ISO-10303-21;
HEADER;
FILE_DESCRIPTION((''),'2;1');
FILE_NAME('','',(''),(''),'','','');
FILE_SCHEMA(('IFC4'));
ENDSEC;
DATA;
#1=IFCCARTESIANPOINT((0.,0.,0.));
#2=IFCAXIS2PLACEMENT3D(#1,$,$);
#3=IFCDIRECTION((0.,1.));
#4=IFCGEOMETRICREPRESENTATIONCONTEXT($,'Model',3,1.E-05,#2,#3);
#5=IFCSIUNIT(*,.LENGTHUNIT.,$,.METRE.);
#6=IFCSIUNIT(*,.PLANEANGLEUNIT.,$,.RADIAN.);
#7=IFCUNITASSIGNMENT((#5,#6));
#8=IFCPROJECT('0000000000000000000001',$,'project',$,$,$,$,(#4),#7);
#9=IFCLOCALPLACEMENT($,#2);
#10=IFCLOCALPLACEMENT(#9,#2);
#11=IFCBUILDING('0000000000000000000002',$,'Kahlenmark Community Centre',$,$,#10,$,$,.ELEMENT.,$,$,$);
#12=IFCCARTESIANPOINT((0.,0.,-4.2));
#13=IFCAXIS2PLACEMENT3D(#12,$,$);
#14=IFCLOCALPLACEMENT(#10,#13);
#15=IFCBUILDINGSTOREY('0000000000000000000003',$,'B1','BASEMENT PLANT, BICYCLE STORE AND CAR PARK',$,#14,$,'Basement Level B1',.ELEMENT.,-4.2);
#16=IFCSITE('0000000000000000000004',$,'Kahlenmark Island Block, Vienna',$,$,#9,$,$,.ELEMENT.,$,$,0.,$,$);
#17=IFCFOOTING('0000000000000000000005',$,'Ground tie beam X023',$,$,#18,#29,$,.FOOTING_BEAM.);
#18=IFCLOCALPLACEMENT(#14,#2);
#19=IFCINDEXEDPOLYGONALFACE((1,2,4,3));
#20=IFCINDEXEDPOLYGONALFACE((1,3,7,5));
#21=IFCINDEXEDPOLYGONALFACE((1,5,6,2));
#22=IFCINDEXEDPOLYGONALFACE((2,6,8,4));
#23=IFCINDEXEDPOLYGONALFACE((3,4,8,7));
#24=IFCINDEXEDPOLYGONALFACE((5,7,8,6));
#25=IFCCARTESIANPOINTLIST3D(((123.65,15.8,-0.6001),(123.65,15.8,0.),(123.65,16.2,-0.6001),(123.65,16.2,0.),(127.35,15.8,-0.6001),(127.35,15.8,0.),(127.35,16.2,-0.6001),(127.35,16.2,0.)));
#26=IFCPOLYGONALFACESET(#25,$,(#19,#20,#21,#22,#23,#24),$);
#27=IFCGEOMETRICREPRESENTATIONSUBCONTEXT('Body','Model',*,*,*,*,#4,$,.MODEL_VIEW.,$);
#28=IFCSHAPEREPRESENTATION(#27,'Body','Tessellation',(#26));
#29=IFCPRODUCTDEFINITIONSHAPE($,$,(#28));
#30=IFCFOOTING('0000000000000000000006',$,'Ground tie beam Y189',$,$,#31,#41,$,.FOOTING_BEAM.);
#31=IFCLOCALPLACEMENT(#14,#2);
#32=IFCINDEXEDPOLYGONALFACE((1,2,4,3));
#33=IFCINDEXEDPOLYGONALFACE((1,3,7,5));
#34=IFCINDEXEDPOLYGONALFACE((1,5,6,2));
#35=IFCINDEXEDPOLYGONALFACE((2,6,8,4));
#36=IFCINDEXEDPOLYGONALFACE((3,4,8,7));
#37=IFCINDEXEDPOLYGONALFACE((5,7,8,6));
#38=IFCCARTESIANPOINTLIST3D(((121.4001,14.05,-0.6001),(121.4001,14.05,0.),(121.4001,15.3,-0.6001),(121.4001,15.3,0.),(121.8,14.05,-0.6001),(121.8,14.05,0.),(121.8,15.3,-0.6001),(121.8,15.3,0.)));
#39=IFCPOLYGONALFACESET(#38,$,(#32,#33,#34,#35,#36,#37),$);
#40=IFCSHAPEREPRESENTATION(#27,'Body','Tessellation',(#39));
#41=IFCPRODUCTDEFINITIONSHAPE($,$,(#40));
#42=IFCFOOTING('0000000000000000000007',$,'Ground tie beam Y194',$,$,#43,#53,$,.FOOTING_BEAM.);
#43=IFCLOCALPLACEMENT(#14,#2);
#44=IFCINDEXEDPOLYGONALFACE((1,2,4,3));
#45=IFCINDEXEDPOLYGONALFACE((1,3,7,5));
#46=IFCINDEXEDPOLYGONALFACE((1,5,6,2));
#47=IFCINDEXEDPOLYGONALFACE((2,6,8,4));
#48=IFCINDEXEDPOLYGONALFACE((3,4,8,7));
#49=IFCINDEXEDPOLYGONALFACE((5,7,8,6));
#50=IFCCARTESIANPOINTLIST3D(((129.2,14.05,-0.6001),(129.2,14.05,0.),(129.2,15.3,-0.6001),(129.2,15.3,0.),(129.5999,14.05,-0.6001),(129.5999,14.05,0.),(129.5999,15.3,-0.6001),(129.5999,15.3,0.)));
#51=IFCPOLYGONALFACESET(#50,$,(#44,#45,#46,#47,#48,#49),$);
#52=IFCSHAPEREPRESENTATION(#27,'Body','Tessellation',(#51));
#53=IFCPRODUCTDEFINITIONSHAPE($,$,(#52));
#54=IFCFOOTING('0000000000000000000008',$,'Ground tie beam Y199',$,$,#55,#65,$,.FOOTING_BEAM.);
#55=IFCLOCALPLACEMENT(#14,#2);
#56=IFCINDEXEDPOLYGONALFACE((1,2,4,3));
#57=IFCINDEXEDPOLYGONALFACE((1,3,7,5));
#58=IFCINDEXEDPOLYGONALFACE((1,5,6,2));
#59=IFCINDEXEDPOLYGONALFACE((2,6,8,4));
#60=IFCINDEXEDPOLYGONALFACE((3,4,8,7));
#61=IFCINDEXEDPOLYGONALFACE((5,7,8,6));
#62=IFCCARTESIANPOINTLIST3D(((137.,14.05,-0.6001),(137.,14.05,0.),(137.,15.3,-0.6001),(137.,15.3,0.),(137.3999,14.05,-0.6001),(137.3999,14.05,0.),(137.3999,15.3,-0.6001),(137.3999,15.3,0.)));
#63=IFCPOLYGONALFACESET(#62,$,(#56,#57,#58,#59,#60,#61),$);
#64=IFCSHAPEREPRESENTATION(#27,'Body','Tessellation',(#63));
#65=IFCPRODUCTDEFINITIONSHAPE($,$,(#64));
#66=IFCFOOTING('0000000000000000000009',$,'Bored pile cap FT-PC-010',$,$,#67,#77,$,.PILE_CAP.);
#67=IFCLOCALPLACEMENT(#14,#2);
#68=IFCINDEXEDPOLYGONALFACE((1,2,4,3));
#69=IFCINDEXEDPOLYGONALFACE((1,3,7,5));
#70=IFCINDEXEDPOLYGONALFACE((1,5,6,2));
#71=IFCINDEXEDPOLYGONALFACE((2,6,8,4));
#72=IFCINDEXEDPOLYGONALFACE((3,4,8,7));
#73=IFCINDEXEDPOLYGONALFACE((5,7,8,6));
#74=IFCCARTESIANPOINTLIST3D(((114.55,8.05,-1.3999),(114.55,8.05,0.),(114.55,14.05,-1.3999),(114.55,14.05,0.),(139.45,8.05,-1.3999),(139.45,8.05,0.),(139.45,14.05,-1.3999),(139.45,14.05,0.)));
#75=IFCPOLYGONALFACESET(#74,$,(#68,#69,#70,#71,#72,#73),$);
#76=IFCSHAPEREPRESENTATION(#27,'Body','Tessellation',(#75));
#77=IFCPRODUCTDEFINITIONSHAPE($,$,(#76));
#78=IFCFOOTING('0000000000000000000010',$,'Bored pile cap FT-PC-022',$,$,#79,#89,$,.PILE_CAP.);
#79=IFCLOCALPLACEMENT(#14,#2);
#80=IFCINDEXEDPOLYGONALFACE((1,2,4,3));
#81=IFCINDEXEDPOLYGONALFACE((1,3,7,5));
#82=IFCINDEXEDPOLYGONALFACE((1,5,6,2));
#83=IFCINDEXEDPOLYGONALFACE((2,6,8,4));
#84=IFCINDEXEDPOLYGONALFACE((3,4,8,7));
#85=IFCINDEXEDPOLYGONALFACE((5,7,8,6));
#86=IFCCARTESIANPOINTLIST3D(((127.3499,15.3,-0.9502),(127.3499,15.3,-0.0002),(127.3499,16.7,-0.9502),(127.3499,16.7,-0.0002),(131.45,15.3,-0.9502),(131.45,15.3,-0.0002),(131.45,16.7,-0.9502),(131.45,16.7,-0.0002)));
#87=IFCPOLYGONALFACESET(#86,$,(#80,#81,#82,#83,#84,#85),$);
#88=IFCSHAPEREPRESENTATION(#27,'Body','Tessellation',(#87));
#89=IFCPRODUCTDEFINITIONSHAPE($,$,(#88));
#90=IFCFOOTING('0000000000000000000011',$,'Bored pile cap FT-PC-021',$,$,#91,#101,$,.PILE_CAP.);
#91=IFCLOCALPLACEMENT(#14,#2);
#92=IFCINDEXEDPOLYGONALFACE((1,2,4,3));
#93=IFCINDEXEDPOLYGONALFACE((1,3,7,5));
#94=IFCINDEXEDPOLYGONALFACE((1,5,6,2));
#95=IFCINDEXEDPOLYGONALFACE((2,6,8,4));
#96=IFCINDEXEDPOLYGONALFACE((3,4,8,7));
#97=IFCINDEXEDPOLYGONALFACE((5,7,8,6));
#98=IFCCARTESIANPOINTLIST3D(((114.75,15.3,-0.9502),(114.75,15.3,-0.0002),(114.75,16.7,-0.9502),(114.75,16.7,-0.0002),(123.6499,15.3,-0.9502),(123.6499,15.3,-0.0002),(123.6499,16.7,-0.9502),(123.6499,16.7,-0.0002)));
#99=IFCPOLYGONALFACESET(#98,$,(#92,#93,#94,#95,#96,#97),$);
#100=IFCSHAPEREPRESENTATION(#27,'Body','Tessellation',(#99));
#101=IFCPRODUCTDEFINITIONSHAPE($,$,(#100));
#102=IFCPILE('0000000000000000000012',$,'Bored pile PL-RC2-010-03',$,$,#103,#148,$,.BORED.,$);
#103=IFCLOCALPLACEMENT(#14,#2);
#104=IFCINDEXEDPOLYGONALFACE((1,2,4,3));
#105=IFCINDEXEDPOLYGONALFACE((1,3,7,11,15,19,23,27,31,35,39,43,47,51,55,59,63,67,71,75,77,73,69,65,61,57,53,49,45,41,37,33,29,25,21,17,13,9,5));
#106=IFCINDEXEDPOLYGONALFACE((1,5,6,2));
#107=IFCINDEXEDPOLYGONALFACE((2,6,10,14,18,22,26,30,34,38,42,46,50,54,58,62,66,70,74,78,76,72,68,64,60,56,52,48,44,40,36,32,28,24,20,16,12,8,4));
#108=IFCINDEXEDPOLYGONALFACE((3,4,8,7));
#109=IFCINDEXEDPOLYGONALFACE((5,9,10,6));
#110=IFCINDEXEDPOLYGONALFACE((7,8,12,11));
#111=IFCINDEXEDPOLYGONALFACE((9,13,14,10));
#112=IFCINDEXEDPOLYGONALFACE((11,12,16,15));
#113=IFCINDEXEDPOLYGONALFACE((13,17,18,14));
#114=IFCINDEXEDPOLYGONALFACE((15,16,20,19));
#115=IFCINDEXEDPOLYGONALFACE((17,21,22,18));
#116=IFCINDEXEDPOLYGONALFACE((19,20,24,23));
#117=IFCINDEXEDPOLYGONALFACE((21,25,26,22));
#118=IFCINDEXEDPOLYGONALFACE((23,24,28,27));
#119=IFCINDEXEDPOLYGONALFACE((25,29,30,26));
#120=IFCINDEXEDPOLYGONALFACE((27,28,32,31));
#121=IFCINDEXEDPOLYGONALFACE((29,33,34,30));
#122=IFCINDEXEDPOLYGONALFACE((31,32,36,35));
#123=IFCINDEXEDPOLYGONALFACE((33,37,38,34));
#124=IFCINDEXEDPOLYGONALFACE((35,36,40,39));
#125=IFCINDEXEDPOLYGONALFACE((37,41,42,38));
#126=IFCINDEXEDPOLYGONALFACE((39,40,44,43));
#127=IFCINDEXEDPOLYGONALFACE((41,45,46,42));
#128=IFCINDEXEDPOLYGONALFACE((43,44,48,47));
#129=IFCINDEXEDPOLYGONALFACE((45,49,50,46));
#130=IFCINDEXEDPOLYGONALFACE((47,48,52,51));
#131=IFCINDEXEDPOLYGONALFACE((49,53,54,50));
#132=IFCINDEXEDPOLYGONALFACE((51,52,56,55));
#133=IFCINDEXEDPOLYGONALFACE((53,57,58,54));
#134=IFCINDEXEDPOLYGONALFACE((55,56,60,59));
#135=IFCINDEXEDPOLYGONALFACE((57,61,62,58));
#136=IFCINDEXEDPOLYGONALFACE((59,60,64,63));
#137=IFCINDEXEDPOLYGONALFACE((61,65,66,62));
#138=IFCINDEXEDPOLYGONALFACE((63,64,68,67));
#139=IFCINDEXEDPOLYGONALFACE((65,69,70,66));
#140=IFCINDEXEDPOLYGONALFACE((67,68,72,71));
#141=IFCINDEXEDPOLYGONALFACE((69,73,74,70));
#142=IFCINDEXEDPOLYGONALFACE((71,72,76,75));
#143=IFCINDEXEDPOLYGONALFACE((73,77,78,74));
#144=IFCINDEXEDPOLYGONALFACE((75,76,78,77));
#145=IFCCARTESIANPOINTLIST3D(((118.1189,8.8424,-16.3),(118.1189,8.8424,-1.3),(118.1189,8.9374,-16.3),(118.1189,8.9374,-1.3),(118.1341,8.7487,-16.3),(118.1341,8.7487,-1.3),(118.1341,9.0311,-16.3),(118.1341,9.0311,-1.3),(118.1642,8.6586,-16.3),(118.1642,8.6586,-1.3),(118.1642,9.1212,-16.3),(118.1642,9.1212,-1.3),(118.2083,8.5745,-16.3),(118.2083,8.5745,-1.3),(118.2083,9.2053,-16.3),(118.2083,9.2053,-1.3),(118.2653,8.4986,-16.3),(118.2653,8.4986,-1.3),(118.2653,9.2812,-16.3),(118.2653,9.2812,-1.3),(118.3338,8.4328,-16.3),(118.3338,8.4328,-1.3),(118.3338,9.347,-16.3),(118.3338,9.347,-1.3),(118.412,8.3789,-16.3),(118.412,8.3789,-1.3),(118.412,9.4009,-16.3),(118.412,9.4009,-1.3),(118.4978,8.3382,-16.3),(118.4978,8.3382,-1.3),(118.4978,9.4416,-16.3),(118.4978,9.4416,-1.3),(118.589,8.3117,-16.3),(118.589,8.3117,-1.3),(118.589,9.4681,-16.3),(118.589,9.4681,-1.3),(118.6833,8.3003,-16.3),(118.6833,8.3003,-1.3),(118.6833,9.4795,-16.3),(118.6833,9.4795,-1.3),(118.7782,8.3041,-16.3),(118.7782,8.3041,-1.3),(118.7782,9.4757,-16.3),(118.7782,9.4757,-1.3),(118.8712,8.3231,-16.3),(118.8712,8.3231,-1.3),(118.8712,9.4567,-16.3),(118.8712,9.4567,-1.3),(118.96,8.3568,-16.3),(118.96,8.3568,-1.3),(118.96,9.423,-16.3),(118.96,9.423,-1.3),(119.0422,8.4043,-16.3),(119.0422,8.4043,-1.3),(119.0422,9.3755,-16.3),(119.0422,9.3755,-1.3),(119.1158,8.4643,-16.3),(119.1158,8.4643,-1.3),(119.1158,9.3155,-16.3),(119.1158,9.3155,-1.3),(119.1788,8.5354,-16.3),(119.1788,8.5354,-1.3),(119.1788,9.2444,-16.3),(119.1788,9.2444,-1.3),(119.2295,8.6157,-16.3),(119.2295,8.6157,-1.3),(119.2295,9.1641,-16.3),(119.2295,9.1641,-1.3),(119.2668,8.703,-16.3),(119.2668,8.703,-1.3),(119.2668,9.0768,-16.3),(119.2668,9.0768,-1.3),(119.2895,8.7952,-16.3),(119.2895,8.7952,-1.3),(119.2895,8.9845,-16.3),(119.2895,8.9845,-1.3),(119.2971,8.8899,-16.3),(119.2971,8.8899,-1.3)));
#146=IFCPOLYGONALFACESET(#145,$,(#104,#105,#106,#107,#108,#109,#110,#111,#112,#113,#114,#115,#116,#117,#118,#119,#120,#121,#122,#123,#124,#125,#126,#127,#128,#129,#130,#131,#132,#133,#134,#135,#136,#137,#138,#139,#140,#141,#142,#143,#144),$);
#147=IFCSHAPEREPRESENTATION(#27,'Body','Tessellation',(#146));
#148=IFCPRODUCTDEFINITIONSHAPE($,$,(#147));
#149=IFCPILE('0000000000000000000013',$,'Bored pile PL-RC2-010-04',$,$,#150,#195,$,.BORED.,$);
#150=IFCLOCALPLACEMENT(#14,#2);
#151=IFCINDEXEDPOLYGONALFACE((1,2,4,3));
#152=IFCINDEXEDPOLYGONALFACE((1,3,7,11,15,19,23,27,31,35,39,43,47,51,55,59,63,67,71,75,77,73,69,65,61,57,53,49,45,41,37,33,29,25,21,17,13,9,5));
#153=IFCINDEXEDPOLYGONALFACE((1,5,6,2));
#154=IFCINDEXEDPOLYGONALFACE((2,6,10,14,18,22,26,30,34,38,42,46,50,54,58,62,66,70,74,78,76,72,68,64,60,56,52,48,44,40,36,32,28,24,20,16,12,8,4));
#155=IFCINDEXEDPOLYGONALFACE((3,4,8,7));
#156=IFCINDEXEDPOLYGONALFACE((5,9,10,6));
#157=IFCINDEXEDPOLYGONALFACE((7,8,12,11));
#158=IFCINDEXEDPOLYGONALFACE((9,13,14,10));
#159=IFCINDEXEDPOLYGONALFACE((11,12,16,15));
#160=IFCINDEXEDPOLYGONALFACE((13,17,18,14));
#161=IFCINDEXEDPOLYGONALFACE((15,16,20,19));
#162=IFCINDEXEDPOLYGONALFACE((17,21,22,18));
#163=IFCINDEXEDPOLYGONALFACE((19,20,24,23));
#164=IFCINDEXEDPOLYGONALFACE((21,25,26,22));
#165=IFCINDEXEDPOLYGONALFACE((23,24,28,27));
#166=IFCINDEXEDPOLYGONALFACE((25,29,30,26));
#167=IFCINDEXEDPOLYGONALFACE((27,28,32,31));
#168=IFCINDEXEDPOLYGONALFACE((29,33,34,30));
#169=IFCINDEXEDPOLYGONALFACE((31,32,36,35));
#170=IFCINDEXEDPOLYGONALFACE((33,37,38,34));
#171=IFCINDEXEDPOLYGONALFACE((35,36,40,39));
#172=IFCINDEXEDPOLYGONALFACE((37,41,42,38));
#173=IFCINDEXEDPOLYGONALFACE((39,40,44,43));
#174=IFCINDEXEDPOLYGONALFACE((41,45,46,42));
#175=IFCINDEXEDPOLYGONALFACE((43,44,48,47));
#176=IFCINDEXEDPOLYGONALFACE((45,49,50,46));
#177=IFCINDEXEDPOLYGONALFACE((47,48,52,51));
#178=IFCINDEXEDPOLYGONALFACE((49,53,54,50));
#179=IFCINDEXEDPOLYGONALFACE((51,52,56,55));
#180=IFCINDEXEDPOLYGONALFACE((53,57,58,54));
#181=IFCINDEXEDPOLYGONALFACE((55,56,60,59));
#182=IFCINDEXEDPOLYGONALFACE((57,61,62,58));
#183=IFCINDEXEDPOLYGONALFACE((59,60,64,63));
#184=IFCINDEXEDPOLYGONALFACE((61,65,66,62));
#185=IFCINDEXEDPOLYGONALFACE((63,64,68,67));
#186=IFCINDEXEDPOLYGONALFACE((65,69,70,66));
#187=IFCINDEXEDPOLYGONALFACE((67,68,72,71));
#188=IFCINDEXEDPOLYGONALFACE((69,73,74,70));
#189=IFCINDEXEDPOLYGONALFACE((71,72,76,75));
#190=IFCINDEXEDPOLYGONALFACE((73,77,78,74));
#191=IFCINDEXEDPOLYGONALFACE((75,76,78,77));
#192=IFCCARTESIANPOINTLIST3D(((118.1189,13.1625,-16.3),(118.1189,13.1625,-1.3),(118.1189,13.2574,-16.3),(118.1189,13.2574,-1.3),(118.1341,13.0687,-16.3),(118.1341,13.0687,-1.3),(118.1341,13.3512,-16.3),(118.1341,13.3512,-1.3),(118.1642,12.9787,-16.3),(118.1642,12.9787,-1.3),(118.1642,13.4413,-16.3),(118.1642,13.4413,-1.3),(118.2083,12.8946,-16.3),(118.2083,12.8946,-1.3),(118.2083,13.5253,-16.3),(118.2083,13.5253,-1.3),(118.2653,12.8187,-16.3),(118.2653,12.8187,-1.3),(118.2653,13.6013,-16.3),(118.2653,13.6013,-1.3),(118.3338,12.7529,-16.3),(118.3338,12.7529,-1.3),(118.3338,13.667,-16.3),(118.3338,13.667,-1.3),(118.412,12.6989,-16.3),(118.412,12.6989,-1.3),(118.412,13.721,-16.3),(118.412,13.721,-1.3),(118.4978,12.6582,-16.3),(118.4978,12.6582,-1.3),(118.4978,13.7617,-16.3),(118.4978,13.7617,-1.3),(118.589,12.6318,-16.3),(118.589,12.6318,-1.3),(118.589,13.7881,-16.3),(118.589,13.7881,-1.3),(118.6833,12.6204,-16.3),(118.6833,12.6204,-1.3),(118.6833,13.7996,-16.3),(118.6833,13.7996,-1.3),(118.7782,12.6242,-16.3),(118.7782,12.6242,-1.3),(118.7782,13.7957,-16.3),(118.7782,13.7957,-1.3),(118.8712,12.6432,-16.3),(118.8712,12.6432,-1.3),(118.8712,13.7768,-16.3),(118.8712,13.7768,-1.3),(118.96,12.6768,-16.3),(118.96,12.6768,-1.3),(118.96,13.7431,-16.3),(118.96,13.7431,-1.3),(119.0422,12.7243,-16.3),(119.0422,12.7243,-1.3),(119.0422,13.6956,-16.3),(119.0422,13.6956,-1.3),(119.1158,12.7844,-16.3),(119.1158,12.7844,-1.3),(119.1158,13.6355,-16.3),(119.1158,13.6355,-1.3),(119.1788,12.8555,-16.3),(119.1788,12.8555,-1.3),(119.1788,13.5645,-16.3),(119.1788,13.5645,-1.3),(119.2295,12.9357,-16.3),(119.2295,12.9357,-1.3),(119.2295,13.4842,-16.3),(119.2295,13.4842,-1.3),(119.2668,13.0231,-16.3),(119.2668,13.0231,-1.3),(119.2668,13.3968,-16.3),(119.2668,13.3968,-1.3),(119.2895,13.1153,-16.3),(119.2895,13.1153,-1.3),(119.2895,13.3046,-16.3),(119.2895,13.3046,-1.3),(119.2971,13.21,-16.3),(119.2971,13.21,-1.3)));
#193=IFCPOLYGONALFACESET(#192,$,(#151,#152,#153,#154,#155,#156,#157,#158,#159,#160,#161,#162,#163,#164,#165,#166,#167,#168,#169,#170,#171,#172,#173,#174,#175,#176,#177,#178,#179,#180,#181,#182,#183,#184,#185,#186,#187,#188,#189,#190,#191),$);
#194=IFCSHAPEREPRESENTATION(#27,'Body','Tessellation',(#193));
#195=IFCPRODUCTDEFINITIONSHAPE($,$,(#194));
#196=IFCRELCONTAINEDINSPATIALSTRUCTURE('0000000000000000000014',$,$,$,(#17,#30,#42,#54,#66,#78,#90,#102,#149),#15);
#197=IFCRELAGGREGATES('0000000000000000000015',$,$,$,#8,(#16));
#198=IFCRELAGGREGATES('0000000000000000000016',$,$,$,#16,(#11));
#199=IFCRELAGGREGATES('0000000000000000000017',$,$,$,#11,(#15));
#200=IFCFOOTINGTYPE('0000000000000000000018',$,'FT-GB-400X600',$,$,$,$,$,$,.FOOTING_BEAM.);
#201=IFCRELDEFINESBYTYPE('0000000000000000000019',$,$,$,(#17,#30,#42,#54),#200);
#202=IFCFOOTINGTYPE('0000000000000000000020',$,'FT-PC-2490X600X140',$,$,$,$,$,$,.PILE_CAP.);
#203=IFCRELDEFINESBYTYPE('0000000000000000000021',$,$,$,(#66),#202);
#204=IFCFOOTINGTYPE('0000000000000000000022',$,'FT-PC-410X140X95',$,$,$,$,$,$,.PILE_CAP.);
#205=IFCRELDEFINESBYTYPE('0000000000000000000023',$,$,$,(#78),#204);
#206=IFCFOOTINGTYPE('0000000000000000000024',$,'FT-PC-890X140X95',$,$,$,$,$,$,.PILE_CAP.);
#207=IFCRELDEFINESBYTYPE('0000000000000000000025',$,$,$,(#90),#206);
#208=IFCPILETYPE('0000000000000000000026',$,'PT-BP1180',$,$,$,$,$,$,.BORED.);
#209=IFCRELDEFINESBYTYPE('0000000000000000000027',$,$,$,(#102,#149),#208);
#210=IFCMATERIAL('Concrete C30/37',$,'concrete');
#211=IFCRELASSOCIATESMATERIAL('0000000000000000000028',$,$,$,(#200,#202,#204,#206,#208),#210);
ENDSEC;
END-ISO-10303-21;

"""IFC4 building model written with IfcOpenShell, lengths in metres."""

from ifc_helpers import new_model, si_unit, direction, frame, origin, origin_2d, place, context, subcontext, project, spatial, rectangle, circle, extrude, material, material_profile, profile_set, type_object, element, save


model = new_model("IFC4")

# Units and contexts
model_context = context("Model", 3, precision=1e-05, world=origin(), true_north=direction((0.0, 1.0)))
body_context = subcontext(model_context, "Body", "Model", "MODEL_VIEW")
ifc_project = project(units=[si_unit("LENGTHUNIT", "METRE"), si_unit("PLANEANGLEUNIT", "RADIAN")], contexts=[model_context])

# Site, building, storey
site_placement = place(None, origin())
site = spatial("IfcSite", under=ifc_project, at=site_placement, Name="Kahlenmark Island Block, Vienna", CompositionType="ELEMENT", RefElevation=0.0)
building_placement = place(site_placement, origin())
building = spatial("IfcBuilding", under=site, at=building_placement, Name="Kahlenmark Community Centre", CompositionType="ELEMENT")
storey_placement = place(building_placement, frame((0.0, 0.0, -4.2)))
storey = spatial("IfcBuildingStorey", under=building, at=storey_placement, Name="B1", Description="BASEMENT PLANT, BICYCLE STORE AND CAR PARK", LongName="Basement Level B1", CompositionType="ELEMENT", Elevation=-4.2)

# Footings
ifc_material_1 = material(Name="Concrete C30/37", Category="concrete")
footing_type_1 = type_object("IfcFootingType", Name="FT-GB-400X600", PredefinedType="FOOTING_BEAM", material=ifc_material_1)
footing_1_placement = place(storey_placement, frame((125.5, 16.0, -0.6001), z_axis=(0.0, 0.0, 1.0), x_axis=(1.0, 0.0, 0.0)))
element("IfcFooting", 1, at=footing_1_placement, inside=storey, type_object=footing_type_1, Name="Ground tie beam X023", PredefinedType="FOOTING_BEAM", context=body_context, shape_type="SweptSolid", body=[
    extrude(rectangle(XDim=3.7, YDim=0.3999, at=origin_2d()), origin(), (0.0, 0.0, 1.0), 0.6001),
])
for number, where, z_axis, x_axis, name in (
    (2, (121.6001, 14.675, -0.6001), (0.0, 0.0, 1.0), (1.0, 0.0, 0.0), "Ground tie beam Y189"),
    (3, (129.3999, 14.675, -0.6001), (0.0, 0.0, 1.0), (1.0, 0.0, 0.0), "Ground tie beam Y194"),
    (4, (137.2, 14.675, -0.6001), (0.0, 0.0, 1.0), (1.0, 0.0, 0.0), "Ground tie beam Y199"),
):
    element("IfcFooting", number, at=place(storey_placement, frame(where, z_axis=z_axis, x_axis=x_axis)), inside=storey, type_object=footing_type_1, Name=name, PredefinedType="FOOTING_BEAM", context=body_context, shape_type="SweptSolid", body=[
        extrude(rectangle(XDim=0.3999, YDim=1.25, at=origin_2d()), origin(), (0.0, 0.0, 1.0), 0.6001),
    ])
footing_type_2 = type_object("IfcFootingType", Name="FT-PC-2490X600X140", PredefinedType="PILE_CAP", material=ifc_material_1)
footing_2_placement = place(storey_placement, frame((127.0, 11.05, -1.3999), z_axis=(0.0, 0.0, 1.0), x_axis=(1.0, 0.0, 0.0)))
element("IfcFooting", 5, at=footing_2_placement, inside=storey, type_object=footing_type_2, Name="Bored pile cap FT-PC-010", PredefinedType="PILE_CAP", context=body_context, shape_type="SweptSolid", body=[
    extrude(rectangle(XDim=24.8999, YDim=6.0, at=origin_2d()), origin(), (0.0, 0.0, 1.0), 1.3999),
])
footing_type_3 = type_object("IfcFootingType", Name="FT-PC-410X140X95", PredefinedType="PILE_CAP", material=ifc_material_1)
footing_3_placement = place(storey_placement, frame((129.3999, 16.0, -0.9502), z_axis=(0.0, 0.0, 1.0), x_axis=(1.0, 0.0, 0.0)))
element("IfcFooting", 6, at=footing_3_placement, inside=storey, type_object=footing_type_3, Name="Bored pile cap FT-PC-022", PredefinedType="PILE_CAP", context=body_context, shape_type="SweptSolid", body=[
    extrude(rectangle(XDim=4.1001, YDim=1.3999, at=origin_2d()), origin(), (0.0, 0.0, 1.0), 0.95),
])
footing_type_4 = type_object("IfcFootingType", Name="FT-PC-890X140X95", PredefinedType="PILE_CAP", material=ifc_material_1)
footing_4_placement = place(storey_placement, frame((119.2, 16.0, -0.9502), z_axis=(0.0, 0.0, 1.0), x_axis=(1.0, 0.0, 0.0)))
element("IfcFooting", 7, at=footing_4_placement, inside=storey, type_object=footing_type_4, Name="Bored pile cap FT-PC-021", PredefinedType="PILE_CAP", context=body_context, shape_type="SweptSolid", body=[
    extrude(rectangle(XDim=8.8999, YDim=1.3999, at=origin_2d()), origin(), (0.0, 0.0, 1.0), 0.95),
])

# Piles
ifc_material_profile_1 = material_profile(ifc_material_1, circle(Radius=0.5901, at=origin_2d()), Name="BORED PILE 1180")
ifc_profile_set_1 = profile_set([ifc_material_profile_1], Name="Concrete C30/37")
pile_type_1 = type_object("IfcPileType", Name="PT-BP1180", PredefinedType="BORED", material=ifc_profile_set_1)
for number, where, z_axis, x_axis, name in (
    (8, (118.707, 8.8899, -1.3), (0.0, 0.0, -1.0), (1.0, 0.0, 0.0), "Bored pile PL-RC2-010-03"),
    (9, (118.707, 13.21, -1.3), (0.0, 0.0, -1.0), (1.0, 0.0, 0.0), "Bored pile PL-RC2-010-04"),
):
    element("IfcPile", number, at=place(storey_placement, frame(where, z_axis=z_axis, x_axis=x_axis)), inside=storey, type_object=pile_type_1, Name=name, PredefinedType="BORED", context=body_context, shape_type="SweptSolid", body=[
        extrude(circle(Radius=0.5901, at=origin_2d()), origin(), (0.0, 0.0, 1.0), 15.0),
    ])

save(model, "model.ifc")
